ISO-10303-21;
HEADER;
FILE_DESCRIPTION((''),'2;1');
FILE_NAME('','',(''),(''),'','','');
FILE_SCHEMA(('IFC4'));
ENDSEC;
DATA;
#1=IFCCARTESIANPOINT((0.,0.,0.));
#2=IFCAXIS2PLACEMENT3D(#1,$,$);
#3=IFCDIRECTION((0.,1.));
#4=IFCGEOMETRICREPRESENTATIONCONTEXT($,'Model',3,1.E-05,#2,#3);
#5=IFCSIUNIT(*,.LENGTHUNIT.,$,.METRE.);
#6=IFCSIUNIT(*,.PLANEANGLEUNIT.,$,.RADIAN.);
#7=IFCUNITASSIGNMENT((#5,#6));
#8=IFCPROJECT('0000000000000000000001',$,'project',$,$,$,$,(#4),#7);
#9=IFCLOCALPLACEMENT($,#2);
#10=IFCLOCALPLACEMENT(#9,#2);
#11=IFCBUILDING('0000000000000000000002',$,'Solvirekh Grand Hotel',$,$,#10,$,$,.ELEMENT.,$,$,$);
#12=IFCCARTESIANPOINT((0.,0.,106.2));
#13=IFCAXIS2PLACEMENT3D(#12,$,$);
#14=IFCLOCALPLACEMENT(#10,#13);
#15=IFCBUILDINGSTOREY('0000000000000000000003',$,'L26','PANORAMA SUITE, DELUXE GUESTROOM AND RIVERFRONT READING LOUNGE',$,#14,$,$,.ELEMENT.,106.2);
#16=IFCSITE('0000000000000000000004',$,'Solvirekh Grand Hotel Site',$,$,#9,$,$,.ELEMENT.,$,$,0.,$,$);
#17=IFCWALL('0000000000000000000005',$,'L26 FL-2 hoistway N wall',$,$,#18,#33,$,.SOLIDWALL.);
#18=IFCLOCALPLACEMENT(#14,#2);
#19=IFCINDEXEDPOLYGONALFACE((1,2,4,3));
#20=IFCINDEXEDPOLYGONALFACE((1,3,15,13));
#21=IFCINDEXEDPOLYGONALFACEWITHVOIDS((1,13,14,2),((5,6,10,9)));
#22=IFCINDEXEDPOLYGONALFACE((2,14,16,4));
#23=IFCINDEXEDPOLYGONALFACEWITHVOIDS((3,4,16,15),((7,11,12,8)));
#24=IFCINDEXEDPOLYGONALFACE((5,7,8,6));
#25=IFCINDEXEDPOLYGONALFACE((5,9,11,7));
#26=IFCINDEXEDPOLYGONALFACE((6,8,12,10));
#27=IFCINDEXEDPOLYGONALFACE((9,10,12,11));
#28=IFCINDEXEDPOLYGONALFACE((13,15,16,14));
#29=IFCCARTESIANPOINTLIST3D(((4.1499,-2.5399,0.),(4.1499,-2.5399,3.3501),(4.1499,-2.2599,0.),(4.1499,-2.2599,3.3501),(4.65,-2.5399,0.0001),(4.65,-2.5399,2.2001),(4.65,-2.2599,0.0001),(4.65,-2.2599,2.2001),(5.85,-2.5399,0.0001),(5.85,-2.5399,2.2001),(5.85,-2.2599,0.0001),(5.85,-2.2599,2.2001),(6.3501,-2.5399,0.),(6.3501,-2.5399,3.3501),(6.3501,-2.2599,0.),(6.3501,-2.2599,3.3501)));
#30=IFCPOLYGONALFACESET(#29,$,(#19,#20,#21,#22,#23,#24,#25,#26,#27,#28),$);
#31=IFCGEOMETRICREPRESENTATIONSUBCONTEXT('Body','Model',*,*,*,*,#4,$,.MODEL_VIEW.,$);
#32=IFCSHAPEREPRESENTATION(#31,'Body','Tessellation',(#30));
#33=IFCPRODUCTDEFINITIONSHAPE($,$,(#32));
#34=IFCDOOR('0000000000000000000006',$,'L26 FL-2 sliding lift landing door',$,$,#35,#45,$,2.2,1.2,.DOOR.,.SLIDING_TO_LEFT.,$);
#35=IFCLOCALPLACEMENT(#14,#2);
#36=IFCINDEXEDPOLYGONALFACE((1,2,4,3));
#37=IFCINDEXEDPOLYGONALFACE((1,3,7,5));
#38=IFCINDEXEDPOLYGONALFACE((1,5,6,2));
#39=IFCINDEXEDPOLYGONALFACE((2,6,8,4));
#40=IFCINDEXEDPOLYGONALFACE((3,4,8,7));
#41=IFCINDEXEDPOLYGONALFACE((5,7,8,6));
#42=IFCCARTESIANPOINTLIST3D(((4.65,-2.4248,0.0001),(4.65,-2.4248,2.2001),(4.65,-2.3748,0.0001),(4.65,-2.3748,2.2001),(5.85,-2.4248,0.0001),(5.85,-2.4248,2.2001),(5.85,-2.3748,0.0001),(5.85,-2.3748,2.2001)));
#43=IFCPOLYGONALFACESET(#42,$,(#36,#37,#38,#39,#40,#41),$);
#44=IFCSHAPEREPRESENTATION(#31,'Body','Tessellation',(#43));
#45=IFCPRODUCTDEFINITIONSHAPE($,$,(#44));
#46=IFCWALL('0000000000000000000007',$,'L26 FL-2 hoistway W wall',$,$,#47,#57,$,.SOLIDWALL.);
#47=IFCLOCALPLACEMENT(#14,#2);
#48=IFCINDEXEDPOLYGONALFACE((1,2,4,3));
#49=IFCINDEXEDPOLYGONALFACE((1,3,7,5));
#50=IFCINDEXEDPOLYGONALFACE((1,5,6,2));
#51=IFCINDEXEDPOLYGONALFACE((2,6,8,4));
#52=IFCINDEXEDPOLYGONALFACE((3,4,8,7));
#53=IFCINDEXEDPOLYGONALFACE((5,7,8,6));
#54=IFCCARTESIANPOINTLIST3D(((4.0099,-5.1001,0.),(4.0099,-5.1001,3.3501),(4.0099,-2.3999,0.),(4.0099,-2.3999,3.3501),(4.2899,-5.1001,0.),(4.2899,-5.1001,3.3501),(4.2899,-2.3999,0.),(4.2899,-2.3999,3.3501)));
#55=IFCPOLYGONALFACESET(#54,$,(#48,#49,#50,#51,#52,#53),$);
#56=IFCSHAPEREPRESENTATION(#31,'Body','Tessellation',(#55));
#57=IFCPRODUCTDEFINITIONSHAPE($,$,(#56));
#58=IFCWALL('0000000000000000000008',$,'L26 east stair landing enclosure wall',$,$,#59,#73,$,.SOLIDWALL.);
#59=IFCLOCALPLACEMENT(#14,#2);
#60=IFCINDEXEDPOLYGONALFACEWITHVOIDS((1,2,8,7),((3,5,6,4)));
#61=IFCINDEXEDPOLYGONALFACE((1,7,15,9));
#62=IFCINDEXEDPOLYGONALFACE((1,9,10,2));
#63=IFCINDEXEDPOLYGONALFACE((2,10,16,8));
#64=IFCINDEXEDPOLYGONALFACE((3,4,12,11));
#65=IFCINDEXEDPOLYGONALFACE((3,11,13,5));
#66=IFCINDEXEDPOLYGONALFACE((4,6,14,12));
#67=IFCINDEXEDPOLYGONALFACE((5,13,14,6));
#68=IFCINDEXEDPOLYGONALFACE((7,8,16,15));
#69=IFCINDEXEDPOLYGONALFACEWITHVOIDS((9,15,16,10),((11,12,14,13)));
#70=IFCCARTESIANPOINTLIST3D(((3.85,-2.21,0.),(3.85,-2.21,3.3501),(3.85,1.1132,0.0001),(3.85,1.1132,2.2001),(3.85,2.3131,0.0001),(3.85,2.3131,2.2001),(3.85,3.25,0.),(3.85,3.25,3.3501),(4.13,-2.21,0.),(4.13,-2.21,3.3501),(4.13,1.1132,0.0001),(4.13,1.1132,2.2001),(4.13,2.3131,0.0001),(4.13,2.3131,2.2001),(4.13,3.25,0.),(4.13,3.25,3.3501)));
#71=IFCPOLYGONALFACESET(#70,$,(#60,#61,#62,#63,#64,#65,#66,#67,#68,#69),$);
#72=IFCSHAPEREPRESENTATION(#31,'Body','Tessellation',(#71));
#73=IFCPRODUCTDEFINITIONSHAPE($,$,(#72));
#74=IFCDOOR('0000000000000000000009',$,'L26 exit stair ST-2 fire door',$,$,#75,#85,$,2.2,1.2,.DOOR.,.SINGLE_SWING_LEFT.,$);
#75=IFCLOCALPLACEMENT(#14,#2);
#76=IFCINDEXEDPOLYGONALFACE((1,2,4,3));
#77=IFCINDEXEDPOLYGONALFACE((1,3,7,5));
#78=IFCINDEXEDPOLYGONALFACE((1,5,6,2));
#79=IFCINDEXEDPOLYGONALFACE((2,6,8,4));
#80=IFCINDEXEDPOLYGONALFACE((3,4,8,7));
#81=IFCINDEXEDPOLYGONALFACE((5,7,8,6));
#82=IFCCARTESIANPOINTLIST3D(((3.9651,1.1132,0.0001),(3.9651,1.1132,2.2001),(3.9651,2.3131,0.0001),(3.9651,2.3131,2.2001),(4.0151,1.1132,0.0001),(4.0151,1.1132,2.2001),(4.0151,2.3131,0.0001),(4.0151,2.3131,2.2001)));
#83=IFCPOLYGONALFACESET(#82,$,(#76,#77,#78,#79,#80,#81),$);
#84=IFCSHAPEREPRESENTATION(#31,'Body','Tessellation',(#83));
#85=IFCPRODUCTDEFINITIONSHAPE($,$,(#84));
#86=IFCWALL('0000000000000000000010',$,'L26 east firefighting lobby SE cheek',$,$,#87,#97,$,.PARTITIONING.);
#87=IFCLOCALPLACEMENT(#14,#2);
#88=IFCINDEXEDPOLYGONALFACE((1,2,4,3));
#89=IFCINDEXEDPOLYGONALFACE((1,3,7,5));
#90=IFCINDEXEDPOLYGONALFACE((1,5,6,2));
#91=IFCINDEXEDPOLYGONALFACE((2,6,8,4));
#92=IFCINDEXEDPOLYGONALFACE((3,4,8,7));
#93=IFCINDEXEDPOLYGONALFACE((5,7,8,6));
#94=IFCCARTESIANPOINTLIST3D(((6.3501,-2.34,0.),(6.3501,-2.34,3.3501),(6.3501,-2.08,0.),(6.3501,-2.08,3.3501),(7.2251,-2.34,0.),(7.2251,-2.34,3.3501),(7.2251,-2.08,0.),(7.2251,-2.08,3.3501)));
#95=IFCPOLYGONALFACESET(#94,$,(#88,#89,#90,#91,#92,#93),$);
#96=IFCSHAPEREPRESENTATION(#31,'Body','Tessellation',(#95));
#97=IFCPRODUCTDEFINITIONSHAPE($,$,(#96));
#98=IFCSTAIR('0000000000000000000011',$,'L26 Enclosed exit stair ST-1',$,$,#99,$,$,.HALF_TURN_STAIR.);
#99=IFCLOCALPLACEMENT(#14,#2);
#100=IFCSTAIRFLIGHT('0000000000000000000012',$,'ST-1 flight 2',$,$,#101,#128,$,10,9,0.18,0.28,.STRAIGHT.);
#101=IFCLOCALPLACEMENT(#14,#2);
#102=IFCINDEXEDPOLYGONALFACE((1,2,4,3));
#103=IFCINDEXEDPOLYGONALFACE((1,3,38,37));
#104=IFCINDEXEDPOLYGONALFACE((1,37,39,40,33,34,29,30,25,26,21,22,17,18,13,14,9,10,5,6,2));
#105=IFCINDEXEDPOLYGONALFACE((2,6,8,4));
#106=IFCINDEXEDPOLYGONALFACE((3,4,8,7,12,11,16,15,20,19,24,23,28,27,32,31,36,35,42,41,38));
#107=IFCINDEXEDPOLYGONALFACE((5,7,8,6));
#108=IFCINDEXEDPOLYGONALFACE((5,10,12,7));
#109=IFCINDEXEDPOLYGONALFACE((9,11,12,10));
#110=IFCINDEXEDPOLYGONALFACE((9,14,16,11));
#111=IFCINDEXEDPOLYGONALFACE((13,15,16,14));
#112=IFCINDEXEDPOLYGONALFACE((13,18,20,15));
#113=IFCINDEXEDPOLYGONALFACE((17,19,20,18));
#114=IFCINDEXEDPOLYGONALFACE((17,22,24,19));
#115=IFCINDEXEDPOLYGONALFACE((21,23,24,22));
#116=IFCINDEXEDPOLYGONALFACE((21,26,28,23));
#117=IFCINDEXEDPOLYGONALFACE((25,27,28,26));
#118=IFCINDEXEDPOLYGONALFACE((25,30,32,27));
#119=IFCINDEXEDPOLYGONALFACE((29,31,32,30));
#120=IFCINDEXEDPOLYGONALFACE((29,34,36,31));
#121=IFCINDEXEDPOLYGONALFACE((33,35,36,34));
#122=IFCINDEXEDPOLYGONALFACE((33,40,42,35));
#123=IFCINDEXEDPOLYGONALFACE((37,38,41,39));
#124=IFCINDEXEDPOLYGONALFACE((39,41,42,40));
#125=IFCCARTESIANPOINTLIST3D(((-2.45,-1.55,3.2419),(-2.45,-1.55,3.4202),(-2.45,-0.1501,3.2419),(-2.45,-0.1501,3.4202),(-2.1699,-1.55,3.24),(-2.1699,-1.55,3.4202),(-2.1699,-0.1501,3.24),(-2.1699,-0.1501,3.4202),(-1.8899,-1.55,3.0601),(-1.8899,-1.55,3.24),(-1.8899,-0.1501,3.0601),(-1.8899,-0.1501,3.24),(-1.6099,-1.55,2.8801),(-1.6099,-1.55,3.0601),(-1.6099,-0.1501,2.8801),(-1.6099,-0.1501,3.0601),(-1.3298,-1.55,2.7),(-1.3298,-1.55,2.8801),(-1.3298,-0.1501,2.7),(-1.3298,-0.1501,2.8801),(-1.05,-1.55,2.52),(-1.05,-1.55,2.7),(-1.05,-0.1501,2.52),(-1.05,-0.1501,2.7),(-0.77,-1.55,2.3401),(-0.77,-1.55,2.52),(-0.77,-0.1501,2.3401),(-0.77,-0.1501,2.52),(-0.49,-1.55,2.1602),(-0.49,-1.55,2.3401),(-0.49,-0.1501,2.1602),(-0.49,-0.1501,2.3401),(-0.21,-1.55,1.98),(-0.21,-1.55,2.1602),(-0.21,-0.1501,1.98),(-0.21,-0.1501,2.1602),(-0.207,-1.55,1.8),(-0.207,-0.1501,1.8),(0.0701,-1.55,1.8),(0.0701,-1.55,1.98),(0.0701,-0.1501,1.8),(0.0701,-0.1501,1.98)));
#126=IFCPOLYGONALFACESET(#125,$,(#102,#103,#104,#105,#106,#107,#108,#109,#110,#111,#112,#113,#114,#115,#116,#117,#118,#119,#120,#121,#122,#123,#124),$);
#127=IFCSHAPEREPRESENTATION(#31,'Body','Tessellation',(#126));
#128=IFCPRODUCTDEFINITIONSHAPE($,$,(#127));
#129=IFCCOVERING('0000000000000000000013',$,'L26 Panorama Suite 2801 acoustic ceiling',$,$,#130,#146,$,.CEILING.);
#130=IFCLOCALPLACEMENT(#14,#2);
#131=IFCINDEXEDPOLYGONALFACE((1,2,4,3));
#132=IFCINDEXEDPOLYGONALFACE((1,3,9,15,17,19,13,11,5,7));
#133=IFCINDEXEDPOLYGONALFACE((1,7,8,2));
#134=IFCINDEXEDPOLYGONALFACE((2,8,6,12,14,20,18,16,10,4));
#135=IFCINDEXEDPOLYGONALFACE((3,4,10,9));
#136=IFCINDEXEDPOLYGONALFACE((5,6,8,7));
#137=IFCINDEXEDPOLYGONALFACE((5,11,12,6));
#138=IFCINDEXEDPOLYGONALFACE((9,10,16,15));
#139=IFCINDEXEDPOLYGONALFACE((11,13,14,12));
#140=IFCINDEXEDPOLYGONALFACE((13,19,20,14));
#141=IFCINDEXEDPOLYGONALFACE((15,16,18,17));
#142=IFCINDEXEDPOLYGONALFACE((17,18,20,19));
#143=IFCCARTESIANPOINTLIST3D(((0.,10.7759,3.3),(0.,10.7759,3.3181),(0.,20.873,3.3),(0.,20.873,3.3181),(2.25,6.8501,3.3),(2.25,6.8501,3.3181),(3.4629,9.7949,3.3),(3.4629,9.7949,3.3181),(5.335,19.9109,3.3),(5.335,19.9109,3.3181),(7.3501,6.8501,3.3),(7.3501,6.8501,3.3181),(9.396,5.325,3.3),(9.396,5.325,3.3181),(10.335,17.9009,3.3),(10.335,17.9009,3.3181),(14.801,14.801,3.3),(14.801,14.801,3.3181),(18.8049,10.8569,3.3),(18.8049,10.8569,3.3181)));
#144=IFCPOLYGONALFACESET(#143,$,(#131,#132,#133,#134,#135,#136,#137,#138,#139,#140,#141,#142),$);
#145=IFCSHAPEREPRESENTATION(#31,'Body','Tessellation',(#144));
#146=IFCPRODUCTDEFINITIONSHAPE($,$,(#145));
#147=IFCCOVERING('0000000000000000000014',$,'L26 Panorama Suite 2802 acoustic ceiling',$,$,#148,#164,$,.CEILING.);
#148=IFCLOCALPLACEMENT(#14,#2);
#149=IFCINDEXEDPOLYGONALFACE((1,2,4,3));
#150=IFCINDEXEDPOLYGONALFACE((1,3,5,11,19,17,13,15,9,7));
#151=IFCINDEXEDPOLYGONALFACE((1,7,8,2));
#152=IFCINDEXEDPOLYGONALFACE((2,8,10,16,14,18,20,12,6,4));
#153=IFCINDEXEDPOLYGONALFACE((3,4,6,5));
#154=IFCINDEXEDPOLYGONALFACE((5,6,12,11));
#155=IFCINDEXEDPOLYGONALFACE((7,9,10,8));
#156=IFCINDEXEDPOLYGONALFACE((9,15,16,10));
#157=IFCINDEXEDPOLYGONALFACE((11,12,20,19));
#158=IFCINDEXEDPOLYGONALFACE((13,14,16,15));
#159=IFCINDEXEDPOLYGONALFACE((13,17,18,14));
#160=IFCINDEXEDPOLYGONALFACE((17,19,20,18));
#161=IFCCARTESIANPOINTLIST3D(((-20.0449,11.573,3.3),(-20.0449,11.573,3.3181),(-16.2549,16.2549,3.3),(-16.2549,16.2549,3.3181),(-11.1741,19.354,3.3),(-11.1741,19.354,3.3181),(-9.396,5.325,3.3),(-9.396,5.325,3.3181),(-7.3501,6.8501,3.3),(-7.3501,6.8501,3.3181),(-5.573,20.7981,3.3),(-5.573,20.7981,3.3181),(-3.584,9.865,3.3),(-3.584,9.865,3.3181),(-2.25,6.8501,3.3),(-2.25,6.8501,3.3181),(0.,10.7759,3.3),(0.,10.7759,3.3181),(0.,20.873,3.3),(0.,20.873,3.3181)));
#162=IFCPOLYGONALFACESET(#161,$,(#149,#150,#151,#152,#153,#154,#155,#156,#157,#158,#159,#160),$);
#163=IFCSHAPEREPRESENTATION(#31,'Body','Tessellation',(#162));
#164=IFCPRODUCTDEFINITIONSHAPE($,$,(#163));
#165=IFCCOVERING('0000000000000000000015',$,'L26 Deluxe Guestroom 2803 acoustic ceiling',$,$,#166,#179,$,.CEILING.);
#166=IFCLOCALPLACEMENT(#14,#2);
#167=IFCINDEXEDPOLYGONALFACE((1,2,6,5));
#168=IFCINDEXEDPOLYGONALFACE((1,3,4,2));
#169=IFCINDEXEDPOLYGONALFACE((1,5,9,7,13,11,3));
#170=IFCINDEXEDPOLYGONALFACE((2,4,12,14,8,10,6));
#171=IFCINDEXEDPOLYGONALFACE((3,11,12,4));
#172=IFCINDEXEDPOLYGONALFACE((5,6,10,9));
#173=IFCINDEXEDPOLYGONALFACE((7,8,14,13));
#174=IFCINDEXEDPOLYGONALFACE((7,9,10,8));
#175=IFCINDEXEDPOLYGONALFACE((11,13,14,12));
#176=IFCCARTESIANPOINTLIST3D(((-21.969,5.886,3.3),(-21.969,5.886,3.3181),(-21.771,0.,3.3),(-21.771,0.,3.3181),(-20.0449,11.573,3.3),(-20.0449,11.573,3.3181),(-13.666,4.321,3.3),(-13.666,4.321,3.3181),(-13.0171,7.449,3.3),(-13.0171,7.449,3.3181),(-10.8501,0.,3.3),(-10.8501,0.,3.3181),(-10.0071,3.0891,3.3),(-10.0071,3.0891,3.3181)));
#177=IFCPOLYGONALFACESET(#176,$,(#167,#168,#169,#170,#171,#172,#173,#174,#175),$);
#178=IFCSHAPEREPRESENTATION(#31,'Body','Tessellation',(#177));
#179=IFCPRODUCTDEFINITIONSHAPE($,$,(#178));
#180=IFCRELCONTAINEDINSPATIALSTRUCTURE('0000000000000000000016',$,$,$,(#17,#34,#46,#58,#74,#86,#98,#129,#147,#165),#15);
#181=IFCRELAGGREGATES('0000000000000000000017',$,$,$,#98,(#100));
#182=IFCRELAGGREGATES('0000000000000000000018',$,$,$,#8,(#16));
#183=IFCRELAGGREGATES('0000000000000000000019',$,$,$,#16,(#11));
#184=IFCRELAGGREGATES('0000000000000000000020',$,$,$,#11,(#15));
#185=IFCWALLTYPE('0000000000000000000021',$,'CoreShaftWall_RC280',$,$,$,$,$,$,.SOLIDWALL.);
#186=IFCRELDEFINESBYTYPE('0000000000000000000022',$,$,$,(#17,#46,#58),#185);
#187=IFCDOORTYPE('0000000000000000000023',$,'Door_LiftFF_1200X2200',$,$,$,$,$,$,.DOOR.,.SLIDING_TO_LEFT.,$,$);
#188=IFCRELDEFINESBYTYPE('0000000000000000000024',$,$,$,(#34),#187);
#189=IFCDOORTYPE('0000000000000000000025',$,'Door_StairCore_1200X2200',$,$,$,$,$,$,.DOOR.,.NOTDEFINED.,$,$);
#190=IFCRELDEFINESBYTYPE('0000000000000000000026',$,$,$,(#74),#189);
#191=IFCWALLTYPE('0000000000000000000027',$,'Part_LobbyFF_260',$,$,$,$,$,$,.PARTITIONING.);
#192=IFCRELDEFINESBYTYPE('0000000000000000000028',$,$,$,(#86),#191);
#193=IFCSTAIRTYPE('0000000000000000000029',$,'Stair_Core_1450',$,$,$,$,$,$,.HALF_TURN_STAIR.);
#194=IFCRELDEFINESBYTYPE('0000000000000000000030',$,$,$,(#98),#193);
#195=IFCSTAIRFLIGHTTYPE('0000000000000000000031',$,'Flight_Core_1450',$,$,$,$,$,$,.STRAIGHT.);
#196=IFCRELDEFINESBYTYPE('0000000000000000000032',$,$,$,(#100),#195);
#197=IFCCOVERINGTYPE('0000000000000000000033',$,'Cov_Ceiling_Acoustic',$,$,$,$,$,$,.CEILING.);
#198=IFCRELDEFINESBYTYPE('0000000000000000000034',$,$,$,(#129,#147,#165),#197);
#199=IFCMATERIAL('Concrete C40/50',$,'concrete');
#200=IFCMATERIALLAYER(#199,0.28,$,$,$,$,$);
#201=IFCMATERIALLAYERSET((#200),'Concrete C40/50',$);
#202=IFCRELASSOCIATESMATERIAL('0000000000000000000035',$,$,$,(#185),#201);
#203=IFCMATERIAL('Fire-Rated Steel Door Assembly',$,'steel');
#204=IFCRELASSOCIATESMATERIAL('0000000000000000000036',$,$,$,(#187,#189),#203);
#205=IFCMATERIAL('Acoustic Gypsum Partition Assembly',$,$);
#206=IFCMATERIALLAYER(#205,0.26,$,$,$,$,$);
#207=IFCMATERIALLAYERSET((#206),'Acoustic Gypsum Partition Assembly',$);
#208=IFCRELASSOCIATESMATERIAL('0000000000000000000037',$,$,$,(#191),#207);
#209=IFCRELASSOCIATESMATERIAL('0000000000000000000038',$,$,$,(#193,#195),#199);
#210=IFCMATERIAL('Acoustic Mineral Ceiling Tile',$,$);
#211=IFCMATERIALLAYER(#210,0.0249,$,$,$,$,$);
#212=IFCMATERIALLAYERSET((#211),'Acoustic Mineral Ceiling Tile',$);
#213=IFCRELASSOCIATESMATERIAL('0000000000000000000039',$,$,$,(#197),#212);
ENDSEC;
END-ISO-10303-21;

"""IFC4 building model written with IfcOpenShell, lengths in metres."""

from ifc_helpers import new_model, si_unit, direction, frame, frame_2d, origin, place, context, subcontext, project, spatial, polyline, rectangle, outline, extrude, material, layer, layer_set, type_object, element, fill, aggregate, save


model = new_model("IFC4")

# Units and contexts
model_context = context("Model", 3, precision=1e-05, world=origin(), true_north=direction((0.0, 1.0)))
body_context = subcontext(model_context, "Body", "Model", "MODEL_VIEW")
ifc_project = project(units=[si_unit("LENGTHUNIT", "METRE"), si_unit("PLANEANGLEUNIT", "RADIAN")], contexts=[model_context])

# Site, building, storey
site_placement = place(None, origin())
site = spatial("IfcSite", under=ifc_project, at=site_placement, Name="Solvirekh Grand Hotel Site", CompositionType="ELEMENT", RefElevation=0.0)
building_placement = place(site_placement, origin())
building = spatial("IfcBuilding", under=site, at=building_placement, Name="Solvirekh Grand Hotel", CompositionType="ELEMENT")
storey_placement = place(building_placement, frame((0.0, 0.0, 106.2)))
storey = spatial("IfcBuildingStorey", under=building, at=storey_placement, Name="L26", Description="PANORAMA SUITE, DELUXE GUESTROOM AND RIVERFRONT READING LOUNGE", CompositionType="ELEMENT", Elevation=106.2)

# Wall, opening, door
ifc_material_1 = material(Name="Concrete C40/50", Category="concrete")
ifc_layer_1 = layer(ifc_material_1, 0.28)
ifc_layer_set_1 = layer_set([ifc_layer_1], Name="Concrete C40/50")
wall_type_1 = type_object("IfcWallType", Name="CoreShaftWall_RC280", PredefinedType="SOLIDWALL", material=ifc_layer_set_1)
wall_1_placement = place(storey_placement, frame((6.3501, -2.3999, 0.0), z_axis=(0.0, 0.0, 1.0), x_axis=(-1.0, 0.0, 0.0)))
wall_1 = element("IfcWall", 1, at=wall_1_placement, inside=storey, type_object=wall_type_1, Name="L26 FL-2 hoistway N wall", PredefinedType="SOLIDWALL", context=body_context, shape_type="SweptSolid", body=[
    extrude(rectangle(XDim=2.2002, YDim=0.28, at=frame_2d((1.1001, 0.0))), origin(), (0.0, 0.0, 1.0), 3.3501),
])
opening_1_placement = place(wall_1_placement, frame((0.5, 0.0, 0.0)))
opening_1 = element("IfcOpeningElement", 2, at=opening_1_placement, cuts=wall_1, PredefinedType="OPENING", context=body_context, shape_type="SweptSolid", body=[
    extrude(rectangle(XDim=1.2, YDim=2.2, at=frame_2d((0.6001, 1.1001))), frame((0.0, 0.1499, 0.0), z_axis=(0.0, -1.0, 0.0), x_axis=(1.0, 0.0, 0.0)), (0.0, 0.0, 1.0), 0.3),
])
ifc_material_2 = material(Name="Fire-Rated Steel Door Assembly", Category="steel")
door_type_1 = type_object("IfcDoorType", Name="Door_LiftFF_1200X2200", OperationType="SLIDING_TO_LEFT", PredefinedType="DOOR", material=ifc_material_2)
door_1_placement = place(opening_1_placement, origin())
door_1 = element("IfcDoor", 3, at=door_1_placement, inside=storey, type_object=door_type_1, Name="L26 FL-2 sliding lift landing door", OperationType="SLIDING_TO_LEFT", OverallHeight=2.2, OverallWidth=1.2, PredefinedType="DOOR", context=body_context, shape_type="SweptSolid", body=[
    extrude(rectangle(XDim=1.2, YDim=2.2, at=frame_2d((0.6001, 1.1001))), frame((0.0, 0.0249, 0.0), z_axis=(0.0, -1.0, 0.0), x_axis=(1.0, 0.0, 0.0)), (0.0, 0.0, 1.0), 0.05),
])
fill(opening_1, door_1)

# Wall
wall_2_placement = place(storey_placement, frame((4.1499, -2.3999, 0.0), z_axis=(0.0, 0.0, 1.0), x_axis=(0.0, -1.0, 0.0)))
element("IfcWall", 4, at=wall_2_placement, inside=storey, type_object=wall_type_1, Name="L26 FL-2 hoistway W wall", PredefinedType="SOLIDWALL", context=body_context, shape_type="SweptSolid", body=[
    extrude(rectangle(XDim=2.7002, YDim=0.28, at=frame_2d((1.3501, 0.0))), origin(), (0.0, 0.0, 1.0), 3.3501),
])

# Wall, opening, door
wall_3_placement = place(storey_placement, frame((3.99, -2.21, 0.0), z_axis=(0.0, 0.0, 1.0), x_axis=(0.0, 1.0, 0.0)))
wall_3 = element("IfcWall", 5, at=wall_3_placement, inside=storey, type_object=wall_type_1, Name="L26 east stair landing enclosure wall", PredefinedType="SOLIDWALL", context=body_context, shape_type="SweptSolid", body=[
    extrude(rectangle(XDim=5.46, YDim=0.28, at=frame_2d((2.73, 0.0))), origin(), (0.0, 0.0, 1.0), 3.3501),
])
opening_2_placement = place(wall_3_placement, frame((3.323, 0.0, 0.0)))
opening_2 = element("IfcOpeningElement", 6, at=opening_2_placement, cuts=wall_3, PredefinedType="OPENING", context=body_context, shape_type="SweptSolid", body=[
    extrude(rectangle(XDim=1.2, YDim=2.2, at=frame_2d((0.6001, 1.1001))), frame((0.0, 0.1499, 0.0), z_axis=(0.0, -1.0, 0.0), x_axis=(1.0, 0.0, 0.0)), (0.0, 0.0, 1.0), 0.3),
])
door_type_2 = type_object("IfcDoorType", Name="Door_StairCore_1200X2200", OperationType="NOTDEFINED", PredefinedType="DOOR", material=ifc_material_2)
door_2_placement = place(opening_2_placement, origin())
door_2 = element("IfcDoor", 7, at=door_2_placement, inside=storey, type_object=door_type_2, Name="L26 exit stair ST-2 fire door", OperationType="SINGLE_SWING_LEFT", OverallHeight=2.2, OverallWidth=1.2, PredefinedType="DOOR", context=body_context, shape_type="SweptSolid", body=[
    extrude(rectangle(XDim=1.2, YDim=2.2, at=frame_2d((0.6001, 1.1001))), frame((0.0, 0.0249, 0.0), z_axis=(0.0, -1.0, 0.0), x_axis=(1.0, 0.0, 0.0)), (0.0, 0.0, 1.0), 0.05),
])
fill(opening_2, door_2)

# Wall
ifc_material_3 = material(Name="Acoustic Gypsum Partition Assembly")
ifc_layer_2 = layer(ifc_material_3, 0.26)
ifc_layer_set_2 = layer_set([ifc_layer_2], Name="Acoustic Gypsum Partition Assembly")
wall_type_2 = type_object("IfcWallType", Name="Part_LobbyFF_260", PredefinedType="PARTITIONING", material=ifc_layer_set_2)
wall_4_placement = place(storey_placement, frame((6.3501, -2.21, 0.0), z_axis=(0.0, 0.0, 1.0), x_axis=(1.0, 0.0, 0.0)))
element("IfcWall", 8, at=wall_4_placement, inside=storey, type_object=wall_type_2, Name="L26 east firefighting lobby SE cheek", PredefinedType="PARTITIONING", context=body_context, shape_type="SweptSolid", body=[
    extrude(rectangle(XDim=0.875, YDim=0.26, at=frame_2d((0.4375, 0.0))), origin(), (0.0, 0.0, 1.0), 3.3501),
])

# Stair, stair flight
stair_type = type_object("IfcStairType", Name="Stair_Core_1450", PredefinedType="HALF_TURN_STAIR", material=ifc_material_1)
stair_placement = place(storey_placement, origin())
stair = element("IfcStair", 9, at=stair_placement, inside=storey, type_object=stair_type, Name="L26 Enclosed exit stair ST-1", PredefinedType="HALF_TURN_STAIR")
stair_flight_type = type_object("IfcStairFlightType", Name="Flight_Core_1450", PredefinedType="STRAIGHT", material=ifc_material_1)
stair_flight_placement = place(storey_placement, frame((0.0701, -0.8501, 1.8), z_axis=(0.0, 0.0, 1.0), x_axis=(-1.0, 0.0, 0.0)))
stair_flight = element("IfcStairFlight", 10, at=stair_flight_placement, type_object=stair_flight_type, Name="ST-1 flight 2", NumberOfRisers=10, NumberOfTreads=9, PredefinedType="STRAIGHT", RiserHeight=0.18, TreadLength=0.28, context=body_context, shape_type="SweptSolid", body=[
    extrude(outline(polyline([(0.0, 0.0), (0.0, 0.1799), (0.28, 0.1799), (0.28, 0.3601), (0.5601, 0.3601), (0.5601, 0.54), (0.8401, 0.54), (0.8401, 0.72), (1.1201, 0.72), (1.1201, 0.8999), (1.3999, 0.8999), (1.3999, 1.0801), (1.6799, 1.0801), (1.6799, 1.26), (1.96, 1.26), (1.96, 1.4399), (2.24, 1.4399), (2.24, 1.6201), (2.52, 1.6201), (2.52, 1.8), (2.52, 1.4419), (0.2771, 0.0), (0.0, 0.0)])), frame((0.0, 0.7, 0.0), z_axis=(0.0, -1.0, 0.0), x_axis=(1.0, 0.0, 0.0)), (0.0, 0.0, 1.0), 1.3999),
])
aggregate(stair, [stair_flight])

# Coverings
ifc_material_4 = material(Name="Acoustic Mineral Ceiling Tile")
ifc_layer_3 = layer(ifc_material_4, 0.0249)
ifc_layer_set_3 = layer_set([ifc_layer_3], Name="Acoustic Mineral Ceiling Tile")
covering_type_1 = type_object("IfcCoveringType", Name="Cov_Ceiling_Acoustic", PredefinedType="CEILING", material=ifc_layer_set_3)
covering_1_placement = place(storey_placement, frame((0.0, 0.0, 3.3)))
element("IfcCovering", 11, at=covering_1_placement, inside=storey, type_object=covering_type_1, Name="L26 Panorama Suite 2801 acoustic ceiling", PredefinedType="CEILING", context=body_context, shape_type="SweptSolid", body=[
    extrude(outline(polyline([(0.0, 10.7759), (3.4629, 9.7949), (2.25, 6.8501), (7.3501, 6.8501), (9.396, 5.325), (18.8049, 10.8569), (14.801, 14.801), (10.335, 17.9009), (5.335, 19.9109), (0.0, 20.873), (0.0, 10.7759)])), origin(), (0.0, 0.0, 1.0), 0.0181),
])
covering_2_placement = place(storey_placement, frame((0.0, 0.0, 3.3)))
element("IfcCovering", 12, at=covering_2_placement, inside=storey, type_object=covering_type_1, Name="L26 Panorama Suite 2802 acoustic ceiling", PredefinedType="CEILING", context=body_context, shape_type="SweptSolid", body=[
    extrude(outline(polyline([(-2.25, 6.8501), (-3.584, 9.865), (0.0, 10.7759), (0.0, 20.873), (-5.573, 20.7981), (-11.1741, 19.354), (-16.2549, 16.2549), (-20.0449, 11.573), (-9.396, 5.325), (-7.3501, 6.8501), (-2.25, 6.8501)])), origin(), (0.0, 0.0, 1.0), 0.0181),
])
covering_3_placement = place(storey_placement, frame((0.0, 0.0, 3.3)))
element("IfcCovering", 13, at=covering_3_placement, inside=storey, type_object=covering_type_1, Name="L26 Deluxe Guestroom 2803 acoustic ceiling", PredefinedType="CEILING", context=body_context, shape_type="SweptSolid", body=[
    extrude(outline(polyline([(-13.666, 4.321), (-13.0171, 7.449), (-20.0449, 11.573), (-21.969, 5.886), (-21.771, 0.0), (-10.8501, 0.0), (-10.0071, 3.0891), (-13.666, 4.321)])), origin(), (0.0, 0.0, 1.0), 0.0181),
])

save(model, "model.ifc")
